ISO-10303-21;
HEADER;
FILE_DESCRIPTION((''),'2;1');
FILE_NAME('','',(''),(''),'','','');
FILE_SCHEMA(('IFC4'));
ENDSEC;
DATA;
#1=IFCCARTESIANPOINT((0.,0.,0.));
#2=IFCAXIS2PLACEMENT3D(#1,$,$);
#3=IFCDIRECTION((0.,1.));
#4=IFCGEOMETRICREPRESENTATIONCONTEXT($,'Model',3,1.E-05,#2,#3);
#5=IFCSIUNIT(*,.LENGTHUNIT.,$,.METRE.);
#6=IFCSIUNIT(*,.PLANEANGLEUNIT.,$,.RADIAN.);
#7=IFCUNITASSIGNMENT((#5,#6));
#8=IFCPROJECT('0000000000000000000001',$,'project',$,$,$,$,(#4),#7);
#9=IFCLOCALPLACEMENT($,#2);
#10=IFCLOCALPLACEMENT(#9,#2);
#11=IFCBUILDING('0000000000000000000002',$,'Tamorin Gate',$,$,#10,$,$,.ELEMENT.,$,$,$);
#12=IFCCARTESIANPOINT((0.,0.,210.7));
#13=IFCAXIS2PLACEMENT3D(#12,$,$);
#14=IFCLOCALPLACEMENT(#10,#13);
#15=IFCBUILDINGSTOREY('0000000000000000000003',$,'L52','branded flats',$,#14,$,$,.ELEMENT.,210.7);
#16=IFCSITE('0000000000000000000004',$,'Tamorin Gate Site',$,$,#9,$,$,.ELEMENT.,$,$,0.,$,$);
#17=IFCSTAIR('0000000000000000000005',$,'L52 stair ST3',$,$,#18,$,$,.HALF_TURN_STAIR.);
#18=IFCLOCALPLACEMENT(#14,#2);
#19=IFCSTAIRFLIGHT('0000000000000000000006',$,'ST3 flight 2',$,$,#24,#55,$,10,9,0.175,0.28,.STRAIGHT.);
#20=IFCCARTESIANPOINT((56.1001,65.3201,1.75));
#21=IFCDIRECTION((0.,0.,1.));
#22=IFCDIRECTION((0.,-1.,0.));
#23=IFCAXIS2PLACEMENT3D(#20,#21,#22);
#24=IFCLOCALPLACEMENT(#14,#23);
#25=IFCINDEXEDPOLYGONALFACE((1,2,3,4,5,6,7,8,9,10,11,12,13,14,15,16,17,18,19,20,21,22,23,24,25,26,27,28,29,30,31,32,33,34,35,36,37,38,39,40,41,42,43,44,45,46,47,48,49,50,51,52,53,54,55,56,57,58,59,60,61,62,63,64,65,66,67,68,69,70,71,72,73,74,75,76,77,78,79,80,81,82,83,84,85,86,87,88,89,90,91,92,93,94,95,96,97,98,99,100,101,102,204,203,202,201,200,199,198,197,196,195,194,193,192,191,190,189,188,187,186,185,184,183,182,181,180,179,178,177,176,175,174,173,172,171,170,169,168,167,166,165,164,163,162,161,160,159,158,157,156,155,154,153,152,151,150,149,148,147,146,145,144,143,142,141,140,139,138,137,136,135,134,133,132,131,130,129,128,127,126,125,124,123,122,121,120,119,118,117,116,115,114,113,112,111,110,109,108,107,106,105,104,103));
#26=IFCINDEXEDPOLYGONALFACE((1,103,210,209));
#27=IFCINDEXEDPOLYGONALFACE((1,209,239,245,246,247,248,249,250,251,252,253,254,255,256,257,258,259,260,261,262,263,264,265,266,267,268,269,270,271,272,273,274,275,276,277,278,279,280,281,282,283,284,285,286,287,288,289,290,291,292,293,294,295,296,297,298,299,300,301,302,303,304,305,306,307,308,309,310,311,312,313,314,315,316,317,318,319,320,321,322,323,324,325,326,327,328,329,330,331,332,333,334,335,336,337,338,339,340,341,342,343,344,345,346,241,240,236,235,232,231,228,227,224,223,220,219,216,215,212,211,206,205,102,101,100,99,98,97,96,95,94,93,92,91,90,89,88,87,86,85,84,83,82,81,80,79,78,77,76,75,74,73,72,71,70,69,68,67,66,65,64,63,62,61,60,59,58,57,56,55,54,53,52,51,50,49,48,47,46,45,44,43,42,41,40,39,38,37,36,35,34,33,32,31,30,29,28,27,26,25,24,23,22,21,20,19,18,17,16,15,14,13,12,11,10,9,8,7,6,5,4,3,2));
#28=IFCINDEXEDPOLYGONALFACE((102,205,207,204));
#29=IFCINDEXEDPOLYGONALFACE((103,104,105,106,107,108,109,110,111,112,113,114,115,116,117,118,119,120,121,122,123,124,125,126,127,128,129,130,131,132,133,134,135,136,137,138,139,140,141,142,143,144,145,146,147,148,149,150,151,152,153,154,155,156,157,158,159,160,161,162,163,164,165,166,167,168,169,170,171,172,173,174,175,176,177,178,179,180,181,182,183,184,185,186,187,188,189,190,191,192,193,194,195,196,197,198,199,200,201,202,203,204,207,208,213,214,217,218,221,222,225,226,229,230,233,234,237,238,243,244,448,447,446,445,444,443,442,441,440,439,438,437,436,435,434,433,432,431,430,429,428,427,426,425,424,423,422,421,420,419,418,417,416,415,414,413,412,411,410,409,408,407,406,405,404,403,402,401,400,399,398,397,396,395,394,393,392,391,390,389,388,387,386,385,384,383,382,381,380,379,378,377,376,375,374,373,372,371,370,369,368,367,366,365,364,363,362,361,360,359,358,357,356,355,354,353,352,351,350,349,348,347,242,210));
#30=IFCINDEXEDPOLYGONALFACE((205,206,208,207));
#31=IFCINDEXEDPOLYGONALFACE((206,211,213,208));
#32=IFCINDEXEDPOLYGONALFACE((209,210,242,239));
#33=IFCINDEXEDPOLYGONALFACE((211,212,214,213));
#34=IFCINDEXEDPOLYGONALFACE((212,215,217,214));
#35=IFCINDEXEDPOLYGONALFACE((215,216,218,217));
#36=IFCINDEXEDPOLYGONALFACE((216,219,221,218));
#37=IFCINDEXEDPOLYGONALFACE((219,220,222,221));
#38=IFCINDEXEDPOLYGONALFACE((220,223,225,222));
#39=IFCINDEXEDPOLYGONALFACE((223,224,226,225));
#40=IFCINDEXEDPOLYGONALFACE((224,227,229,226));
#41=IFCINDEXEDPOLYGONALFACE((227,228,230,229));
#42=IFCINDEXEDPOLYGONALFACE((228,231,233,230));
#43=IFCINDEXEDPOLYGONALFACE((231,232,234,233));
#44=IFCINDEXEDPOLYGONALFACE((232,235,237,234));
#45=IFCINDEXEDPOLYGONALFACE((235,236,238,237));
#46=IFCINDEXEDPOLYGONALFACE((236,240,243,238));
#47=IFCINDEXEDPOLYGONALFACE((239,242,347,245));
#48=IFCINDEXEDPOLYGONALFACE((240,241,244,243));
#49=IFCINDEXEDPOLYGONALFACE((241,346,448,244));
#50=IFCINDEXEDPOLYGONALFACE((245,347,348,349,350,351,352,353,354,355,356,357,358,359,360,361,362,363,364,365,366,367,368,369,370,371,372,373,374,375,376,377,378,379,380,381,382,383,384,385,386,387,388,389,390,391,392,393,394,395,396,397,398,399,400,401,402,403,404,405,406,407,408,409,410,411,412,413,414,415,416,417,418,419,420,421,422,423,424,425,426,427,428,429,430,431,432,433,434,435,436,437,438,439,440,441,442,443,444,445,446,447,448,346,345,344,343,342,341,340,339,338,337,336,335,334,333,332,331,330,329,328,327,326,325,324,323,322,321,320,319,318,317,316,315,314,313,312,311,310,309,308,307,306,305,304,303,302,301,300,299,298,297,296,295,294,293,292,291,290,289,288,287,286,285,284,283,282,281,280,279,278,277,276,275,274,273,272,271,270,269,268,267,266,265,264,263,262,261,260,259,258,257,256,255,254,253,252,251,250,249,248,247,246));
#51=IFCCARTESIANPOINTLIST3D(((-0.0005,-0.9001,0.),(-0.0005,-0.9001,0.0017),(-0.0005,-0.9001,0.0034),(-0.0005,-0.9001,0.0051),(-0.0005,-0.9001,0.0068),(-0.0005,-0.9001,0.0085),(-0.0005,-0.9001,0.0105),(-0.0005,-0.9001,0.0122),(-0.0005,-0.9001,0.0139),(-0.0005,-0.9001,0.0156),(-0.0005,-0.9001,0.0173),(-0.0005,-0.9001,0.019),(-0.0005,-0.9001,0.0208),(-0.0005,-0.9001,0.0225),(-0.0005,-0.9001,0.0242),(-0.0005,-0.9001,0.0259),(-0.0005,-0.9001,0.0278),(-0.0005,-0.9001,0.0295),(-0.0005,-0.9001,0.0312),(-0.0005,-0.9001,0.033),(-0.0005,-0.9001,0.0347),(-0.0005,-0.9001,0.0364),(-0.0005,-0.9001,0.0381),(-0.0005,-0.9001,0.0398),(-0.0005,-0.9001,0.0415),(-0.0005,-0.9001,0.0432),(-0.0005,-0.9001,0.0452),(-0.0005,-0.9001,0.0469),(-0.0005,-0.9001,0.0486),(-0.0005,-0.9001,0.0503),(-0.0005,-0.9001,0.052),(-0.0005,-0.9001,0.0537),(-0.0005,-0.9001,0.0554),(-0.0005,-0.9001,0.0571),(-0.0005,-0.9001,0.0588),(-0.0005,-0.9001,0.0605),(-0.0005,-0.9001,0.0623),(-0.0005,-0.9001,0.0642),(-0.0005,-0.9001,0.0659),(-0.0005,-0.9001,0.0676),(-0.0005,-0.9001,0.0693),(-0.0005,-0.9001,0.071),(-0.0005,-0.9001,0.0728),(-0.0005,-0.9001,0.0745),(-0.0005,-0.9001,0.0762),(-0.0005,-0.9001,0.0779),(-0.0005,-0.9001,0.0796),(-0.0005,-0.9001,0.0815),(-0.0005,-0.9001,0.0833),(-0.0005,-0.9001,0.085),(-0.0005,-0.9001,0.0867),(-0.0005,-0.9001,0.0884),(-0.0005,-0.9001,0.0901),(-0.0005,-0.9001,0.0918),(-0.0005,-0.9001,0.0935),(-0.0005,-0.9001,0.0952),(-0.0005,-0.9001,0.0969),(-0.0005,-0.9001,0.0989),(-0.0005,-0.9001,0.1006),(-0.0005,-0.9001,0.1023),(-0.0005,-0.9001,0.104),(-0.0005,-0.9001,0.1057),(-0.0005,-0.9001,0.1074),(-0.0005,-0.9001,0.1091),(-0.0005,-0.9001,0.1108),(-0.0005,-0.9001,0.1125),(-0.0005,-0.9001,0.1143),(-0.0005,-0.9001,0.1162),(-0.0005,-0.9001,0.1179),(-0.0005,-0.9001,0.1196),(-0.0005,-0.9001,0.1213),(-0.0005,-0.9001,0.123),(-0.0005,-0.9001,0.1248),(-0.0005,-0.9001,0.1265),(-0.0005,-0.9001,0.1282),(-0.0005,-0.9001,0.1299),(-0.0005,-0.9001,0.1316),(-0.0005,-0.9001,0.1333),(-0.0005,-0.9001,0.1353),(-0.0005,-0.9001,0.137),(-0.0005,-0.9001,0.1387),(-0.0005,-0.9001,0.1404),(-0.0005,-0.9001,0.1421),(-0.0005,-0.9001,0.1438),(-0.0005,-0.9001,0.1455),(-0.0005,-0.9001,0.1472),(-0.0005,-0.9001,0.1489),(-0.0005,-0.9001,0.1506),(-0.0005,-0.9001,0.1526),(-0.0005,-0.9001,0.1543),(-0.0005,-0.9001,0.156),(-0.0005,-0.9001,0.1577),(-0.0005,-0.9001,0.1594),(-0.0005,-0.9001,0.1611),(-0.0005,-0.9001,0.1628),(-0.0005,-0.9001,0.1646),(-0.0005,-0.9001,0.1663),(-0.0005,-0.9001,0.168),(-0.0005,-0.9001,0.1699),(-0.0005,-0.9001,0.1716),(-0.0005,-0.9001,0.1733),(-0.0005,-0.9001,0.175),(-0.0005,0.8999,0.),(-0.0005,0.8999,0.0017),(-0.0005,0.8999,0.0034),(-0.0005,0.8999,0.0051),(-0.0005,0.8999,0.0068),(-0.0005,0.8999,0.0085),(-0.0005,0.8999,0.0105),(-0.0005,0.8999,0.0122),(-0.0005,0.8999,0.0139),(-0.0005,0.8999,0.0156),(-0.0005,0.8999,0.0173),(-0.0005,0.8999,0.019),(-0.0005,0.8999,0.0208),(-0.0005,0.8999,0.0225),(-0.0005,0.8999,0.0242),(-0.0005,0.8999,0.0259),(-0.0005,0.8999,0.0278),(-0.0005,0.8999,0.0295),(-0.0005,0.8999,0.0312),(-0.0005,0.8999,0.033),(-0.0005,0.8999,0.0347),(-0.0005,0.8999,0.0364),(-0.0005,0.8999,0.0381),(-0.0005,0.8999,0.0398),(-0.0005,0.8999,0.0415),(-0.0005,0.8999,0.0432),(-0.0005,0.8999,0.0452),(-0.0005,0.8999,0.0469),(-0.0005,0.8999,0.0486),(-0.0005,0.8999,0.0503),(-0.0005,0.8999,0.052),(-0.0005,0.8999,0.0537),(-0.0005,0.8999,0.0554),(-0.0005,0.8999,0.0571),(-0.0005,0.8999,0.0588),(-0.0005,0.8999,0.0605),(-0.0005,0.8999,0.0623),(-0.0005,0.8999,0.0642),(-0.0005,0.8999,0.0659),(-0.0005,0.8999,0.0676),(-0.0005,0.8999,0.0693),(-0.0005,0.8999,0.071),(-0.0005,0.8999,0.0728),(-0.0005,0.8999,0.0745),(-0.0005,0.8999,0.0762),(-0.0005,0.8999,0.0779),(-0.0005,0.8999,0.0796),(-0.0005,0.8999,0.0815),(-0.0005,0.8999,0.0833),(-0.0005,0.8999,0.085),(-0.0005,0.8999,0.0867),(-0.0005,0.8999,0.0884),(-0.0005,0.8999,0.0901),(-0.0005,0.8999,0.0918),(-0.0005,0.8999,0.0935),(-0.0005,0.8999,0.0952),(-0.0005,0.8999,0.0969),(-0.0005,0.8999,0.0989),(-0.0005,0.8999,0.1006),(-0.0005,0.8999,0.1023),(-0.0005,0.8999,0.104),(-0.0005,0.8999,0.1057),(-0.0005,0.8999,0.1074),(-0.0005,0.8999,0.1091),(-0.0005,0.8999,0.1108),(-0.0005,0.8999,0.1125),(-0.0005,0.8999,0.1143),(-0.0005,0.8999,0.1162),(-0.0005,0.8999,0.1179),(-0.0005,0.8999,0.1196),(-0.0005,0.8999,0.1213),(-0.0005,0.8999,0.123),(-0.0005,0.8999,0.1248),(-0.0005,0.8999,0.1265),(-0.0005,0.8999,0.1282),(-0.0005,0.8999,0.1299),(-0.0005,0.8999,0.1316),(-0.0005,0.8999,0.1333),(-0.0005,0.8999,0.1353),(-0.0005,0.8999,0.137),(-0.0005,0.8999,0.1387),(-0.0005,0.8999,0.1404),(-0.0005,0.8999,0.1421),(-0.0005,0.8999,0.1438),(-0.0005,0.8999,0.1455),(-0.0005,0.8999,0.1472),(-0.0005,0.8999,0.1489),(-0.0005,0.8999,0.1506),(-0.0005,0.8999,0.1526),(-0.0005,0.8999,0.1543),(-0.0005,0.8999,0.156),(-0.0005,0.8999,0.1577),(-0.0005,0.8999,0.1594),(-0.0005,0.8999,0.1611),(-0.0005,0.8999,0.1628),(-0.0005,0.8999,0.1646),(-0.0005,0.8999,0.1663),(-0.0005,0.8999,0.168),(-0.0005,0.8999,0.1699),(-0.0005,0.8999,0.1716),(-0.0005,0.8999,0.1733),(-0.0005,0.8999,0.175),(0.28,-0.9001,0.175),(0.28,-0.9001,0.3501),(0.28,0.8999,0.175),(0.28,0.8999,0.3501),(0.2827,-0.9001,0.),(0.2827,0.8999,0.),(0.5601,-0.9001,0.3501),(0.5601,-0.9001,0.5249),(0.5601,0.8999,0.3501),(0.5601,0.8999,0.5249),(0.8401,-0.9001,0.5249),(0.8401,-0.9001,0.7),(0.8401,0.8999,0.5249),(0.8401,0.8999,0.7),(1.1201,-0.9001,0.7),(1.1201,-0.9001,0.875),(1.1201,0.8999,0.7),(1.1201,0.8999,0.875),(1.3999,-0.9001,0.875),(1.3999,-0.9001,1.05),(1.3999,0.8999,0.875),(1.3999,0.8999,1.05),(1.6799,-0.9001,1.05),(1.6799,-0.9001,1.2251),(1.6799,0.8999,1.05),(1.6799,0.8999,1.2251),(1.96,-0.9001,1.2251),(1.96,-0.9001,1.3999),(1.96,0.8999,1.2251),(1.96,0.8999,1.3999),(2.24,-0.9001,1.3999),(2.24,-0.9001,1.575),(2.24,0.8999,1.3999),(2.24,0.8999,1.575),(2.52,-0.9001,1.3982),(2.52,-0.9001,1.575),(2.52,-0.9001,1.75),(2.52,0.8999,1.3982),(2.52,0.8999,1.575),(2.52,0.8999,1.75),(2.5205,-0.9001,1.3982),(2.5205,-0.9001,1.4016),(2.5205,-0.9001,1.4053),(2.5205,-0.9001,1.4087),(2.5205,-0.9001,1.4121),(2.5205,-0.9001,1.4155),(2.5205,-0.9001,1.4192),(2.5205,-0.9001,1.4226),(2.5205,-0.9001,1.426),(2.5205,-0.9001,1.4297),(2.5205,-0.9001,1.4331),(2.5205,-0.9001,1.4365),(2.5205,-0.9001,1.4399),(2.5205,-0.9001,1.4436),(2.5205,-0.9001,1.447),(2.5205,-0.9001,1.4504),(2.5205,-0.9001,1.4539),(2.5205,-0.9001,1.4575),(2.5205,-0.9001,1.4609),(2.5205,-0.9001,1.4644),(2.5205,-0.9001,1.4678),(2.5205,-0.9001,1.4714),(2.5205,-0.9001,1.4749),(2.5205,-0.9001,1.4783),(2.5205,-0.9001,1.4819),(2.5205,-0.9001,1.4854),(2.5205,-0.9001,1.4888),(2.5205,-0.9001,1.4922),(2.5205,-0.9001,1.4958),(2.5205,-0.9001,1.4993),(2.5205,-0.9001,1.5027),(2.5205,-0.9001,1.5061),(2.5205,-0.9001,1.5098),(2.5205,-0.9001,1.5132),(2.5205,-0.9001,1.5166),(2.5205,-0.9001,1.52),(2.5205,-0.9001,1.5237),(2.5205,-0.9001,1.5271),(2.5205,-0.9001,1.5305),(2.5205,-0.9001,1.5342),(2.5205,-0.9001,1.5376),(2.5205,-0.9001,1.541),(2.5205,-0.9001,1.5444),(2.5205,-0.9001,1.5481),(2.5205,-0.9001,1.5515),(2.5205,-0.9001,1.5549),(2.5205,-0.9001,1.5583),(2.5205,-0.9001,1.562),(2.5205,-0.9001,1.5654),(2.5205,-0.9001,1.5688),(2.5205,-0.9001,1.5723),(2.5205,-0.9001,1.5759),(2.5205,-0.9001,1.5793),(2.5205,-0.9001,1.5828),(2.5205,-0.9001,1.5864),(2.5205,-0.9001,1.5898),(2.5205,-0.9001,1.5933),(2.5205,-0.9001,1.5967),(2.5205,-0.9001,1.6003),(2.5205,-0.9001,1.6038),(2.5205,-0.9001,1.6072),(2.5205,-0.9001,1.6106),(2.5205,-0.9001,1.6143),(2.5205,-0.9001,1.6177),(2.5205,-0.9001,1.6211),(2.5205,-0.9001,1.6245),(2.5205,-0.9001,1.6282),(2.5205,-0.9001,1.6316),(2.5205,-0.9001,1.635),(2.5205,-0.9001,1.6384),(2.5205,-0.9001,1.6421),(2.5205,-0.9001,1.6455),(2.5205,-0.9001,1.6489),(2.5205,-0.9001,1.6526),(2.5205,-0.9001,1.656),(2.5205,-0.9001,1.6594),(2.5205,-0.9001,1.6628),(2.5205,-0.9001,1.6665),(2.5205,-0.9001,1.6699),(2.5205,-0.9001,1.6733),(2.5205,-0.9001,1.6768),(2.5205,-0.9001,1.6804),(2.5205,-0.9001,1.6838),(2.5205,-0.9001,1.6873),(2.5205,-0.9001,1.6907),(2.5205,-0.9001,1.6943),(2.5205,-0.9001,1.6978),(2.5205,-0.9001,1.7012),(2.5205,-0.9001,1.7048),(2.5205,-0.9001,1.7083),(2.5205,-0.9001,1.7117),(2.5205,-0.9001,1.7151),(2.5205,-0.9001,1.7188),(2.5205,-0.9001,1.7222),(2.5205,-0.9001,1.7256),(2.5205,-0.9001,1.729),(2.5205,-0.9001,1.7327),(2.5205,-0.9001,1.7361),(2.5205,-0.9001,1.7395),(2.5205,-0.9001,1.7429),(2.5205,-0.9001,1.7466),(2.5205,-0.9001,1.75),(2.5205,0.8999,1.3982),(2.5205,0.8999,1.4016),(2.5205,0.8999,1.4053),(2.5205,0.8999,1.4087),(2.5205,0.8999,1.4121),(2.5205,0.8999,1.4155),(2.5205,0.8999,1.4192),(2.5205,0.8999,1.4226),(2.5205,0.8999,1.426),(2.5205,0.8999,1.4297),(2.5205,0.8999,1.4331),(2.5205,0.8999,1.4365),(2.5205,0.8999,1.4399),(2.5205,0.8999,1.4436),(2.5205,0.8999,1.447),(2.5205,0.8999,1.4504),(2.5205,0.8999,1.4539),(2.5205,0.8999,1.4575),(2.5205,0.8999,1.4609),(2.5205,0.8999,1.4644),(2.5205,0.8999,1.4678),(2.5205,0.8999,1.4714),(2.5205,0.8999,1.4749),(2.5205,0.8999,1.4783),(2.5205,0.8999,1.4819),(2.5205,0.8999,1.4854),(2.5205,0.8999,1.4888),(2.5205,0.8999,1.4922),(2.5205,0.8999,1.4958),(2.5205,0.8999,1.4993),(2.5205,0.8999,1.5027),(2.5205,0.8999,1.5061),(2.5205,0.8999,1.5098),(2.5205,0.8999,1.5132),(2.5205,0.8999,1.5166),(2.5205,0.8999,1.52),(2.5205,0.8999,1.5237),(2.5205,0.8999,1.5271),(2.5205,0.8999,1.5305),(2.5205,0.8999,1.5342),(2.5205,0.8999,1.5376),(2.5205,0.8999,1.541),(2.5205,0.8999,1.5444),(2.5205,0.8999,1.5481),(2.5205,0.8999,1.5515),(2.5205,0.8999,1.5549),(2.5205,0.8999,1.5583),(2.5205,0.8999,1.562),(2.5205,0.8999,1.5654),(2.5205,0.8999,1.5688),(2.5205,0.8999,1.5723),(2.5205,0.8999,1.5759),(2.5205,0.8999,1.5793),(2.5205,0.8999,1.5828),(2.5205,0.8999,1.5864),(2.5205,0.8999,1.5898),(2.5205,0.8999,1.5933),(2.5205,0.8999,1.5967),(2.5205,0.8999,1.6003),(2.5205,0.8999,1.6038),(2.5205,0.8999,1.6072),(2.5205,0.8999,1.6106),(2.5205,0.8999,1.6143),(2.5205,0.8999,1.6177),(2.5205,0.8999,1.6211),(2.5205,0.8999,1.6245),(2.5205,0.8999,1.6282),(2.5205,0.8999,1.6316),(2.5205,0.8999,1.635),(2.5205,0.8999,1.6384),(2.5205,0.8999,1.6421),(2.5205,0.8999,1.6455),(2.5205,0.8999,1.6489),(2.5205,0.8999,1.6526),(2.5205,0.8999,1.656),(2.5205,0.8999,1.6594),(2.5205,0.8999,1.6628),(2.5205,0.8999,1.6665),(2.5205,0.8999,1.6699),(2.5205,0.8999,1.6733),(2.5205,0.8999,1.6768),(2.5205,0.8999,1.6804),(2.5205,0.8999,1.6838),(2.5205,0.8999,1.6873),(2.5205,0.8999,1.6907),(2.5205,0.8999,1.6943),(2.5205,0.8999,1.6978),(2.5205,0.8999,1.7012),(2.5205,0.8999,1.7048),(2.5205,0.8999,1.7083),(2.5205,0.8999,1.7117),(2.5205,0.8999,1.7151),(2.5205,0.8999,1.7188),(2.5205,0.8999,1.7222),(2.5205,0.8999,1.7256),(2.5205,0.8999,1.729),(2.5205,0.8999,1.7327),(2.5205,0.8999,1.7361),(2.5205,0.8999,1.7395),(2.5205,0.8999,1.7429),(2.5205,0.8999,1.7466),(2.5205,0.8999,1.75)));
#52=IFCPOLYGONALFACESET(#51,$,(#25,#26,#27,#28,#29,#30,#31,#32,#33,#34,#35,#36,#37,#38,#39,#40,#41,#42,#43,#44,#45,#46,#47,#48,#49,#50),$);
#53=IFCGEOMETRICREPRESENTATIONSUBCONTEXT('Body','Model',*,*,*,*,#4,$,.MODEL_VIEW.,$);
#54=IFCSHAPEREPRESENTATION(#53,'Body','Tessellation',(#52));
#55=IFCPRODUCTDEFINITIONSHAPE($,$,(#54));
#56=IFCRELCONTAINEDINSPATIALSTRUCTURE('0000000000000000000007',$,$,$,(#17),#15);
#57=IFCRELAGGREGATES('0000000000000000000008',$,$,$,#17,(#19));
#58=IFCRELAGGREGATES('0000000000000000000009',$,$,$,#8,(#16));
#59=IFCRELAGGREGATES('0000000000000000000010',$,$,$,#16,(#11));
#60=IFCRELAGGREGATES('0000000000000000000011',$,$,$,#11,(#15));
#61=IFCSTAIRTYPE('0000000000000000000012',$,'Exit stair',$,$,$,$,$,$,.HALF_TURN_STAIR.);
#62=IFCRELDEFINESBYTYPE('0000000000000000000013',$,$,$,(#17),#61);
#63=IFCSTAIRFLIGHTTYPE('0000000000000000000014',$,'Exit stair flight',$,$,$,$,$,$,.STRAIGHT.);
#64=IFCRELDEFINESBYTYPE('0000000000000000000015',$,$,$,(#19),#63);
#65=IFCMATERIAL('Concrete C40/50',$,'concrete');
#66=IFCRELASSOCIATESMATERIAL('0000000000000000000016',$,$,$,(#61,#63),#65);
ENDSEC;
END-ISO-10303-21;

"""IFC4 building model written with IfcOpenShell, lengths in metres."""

from ifc_helpers import new_model, si_unit, direction, frame, origin, place, context, subcontext, project, spatial, polyline, outline, extrude, material, type_object, element, aggregate, save


model = new_model("IFC4")

# Units and contexts
model_context = context("Model", 3, precision=1e-05, world=origin(), true_north=direction((0.0, 1.0)))
body_context = subcontext(model_context, "Body", "Model", "MODEL_VIEW")
ifc_project = project(units=[si_unit("LENGTHUNIT", "METRE"), si_unit("PLANEANGLEUNIT", "RADIAN")], contexts=[model_context])

# Site, building, storey
site_placement = place(None, origin())
site = spatial("IfcSite", under=ifc_project, at=site_placement, Name="Tamorin Gate Site", CompositionType="ELEMENT", RefElevation=0.0)
building_placement = place(site_placement, origin())
building = spatial("IfcBuilding", under=site, at=building_placement, Name="Tamorin Gate", CompositionType="ELEMENT")
storey_placement = place(building_placement, frame((0.0, 0.0, 210.7)))
storey = spatial("IfcBuildingStorey", under=building, at=storey_placement, Name="L52", Description="branded flats", CompositionType="ELEMENT", Elevation=210.7)

# Stair, stair flight
ifc_material_1 = material(Name="Concrete C40/50", Category="concrete")
stair_type = type_object("IfcStairType", Name="Exit stair", PredefinedType="HALF_TURN_STAIR", material=ifc_material_1)
stair_placement = place(storey_placement, origin())
stair = element("IfcStair", 1, at=stair_placement, inside=storey, type_object=stair_type, Name="L52 stair ST3", PredefinedType="HALF_TURN_STAIR")
stair_flight_type = type_object("IfcStairFlightType", Name="Exit stair flight", PredefinedType="STRAIGHT", material=ifc_material_1)
stair_flight_1_placement = place(storey_placement, frame((56.1001, 65.3201, 1.75), z_axis=(0.0, 0.0, 1.0), x_axis=(0.0, -1.0, 0.0)))
stair_flight_1 = element("IfcStairFlight", 2, at=stair_flight_1_placement, type_object=stair_flight_type, Name="ST3 flight 2", NumberOfRisers=10, NumberOfTreads=9, PredefinedType="STRAIGHT", RiserHeight=0.175, TreadLength=0.28, context=body_context, shape_type="SweptSolid", body=[
    extrude(outline(polyline([(-0.0005, 0.0), (-0.0005, 0.0017), (-0.0005, 0.0034), (-0.0005, 0.0051), (-0.0005, 0.0068), (-0.0005, 0.0085), (-0.0005, 0.0105), (-0.0005, 0.0122), (-0.0005, 0.0139), (-0.0005, 0.0156), (-0.0005, 0.0173), (-0.0005, 0.019), (-0.0005, 0.0208), (-0.0005, 0.0225), (-0.0005, 0.0242), (-0.0005, 0.0259), (-0.0005, 0.0278), (-0.0005, 0.0295), (-0.0005, 0.0312), (-0.0005, 0.033), (-0.0005, 0.0347), (-0.0005, 0.0364), (-0.0005, 0.0381), (-0.0005, 0.0398), (-0.0005, 0.0415), (-0.0005, 0.0432), (-0.0005, 0.0452), (-0.0005, 0.0469), (-0.0005, 0.0486), (-0.0005, 0.0503), (-0.0005, 0.052), (-0.0005, 0.0537), (-0.0005, 0.0554), (-0.0005, 0.0571), (-0.0005, 0.0588), (-0.0005, 0.0605), (-0.0005, 0.0623), (-0.0005, 0.0642), (-0.0005, 0.0659), (-0.0005, 0.0676), (-0.0005, 0.0693), (-0.0005, 0.071), (-0.0005, 0.0728), (-0.0005, 0.0745), (-0.0005, 0.0762), (-0.0005, 0.0779), (-0.0005, 0.0796), (-0.0005, 0.0815), (-0.0005, 0.0833), (-0.0005, 0.085), (-0.0005, 0.0867), (-0.0005, 0.0884), (-0.0005, 0.0901), (-0.0005, 0.0918), (-0.0005, 0.0935), (-0.0005, 0.0952), (-0.0005, 0.0969), (-0.0005, 0.0989), (-0.0005, 0.1006), (-0.0005, 0.1023), (-0.0005, 0.104), (-0.0005, 0.1057), (-0.0005, 0.1074), (-0.0005, 0.1091), (-0.0005, 0.1108), (-0.0005, 0.1125), (-0.0005, 0.1143), (-0.0005, 0.1162), (-0.0005, 0.1179), (-0.0005, 0.1196), (-0.0005, 0.1213), (-0.0005, 0.123), (-0.0005, 0.1248), (-0.0005, 0.1265), (-0.0005, 0.1282), (-0.0005, 0.1299), (-0.0005, 0.1316), (-0.0005, 0.1333), (-0.0005, 0.1353), (-0.0005, 0.137), (-0.0005, 0.1387), (-0.0005, 0.1404), (-0.0005, 0.1421), (-0.0005, 0.1438), (-0.0005, 0.1455), (-0.0005, 0.1472), (-0.0005, 0.1489), (-0.0005, 0.1506), (-0.0005, 0.1526), (-0.0005, 0.1543), (-0.0005, 0.156), (-0.0005, 0.1577), (-0.0005, 0.1594), (-0.0005, 0.1611), (-0.0005, 0.1628), (-0.0005, 0.1646), (-0.0005, 0.1663), (-0.0005, 0.168), (-0.0005, 0.1699), (-0.0005, 0.1716), (-0.0005, 0.1733), (-0.0005, 0.175), (0.28, 0.175), (0.28, 0.3501), (0.5601, 0.3501), (0.5601, 0.5249), (0.8401, 0.5249), (0.8401, 0.7), (1.1201, 0.7), (1.1201, 0.875), (1.3999, 0.875), (1.3999, 1.05), (1.6799, 1.05), (1.6799, 1.2251), (1.96, 1.2251), (1.96, 1.3999), (2.24, 1.3999), (2.24, 1.575), (2.52, 1.575), (2.52, 1.75), (2.5205, 1.75), (2.5205, 1.7466), (2.5205, 1.7429), (2.5205, 1.7395), (2.5205, 1.7361), (2.5205, 1.7327), (2.5205, 1.729), (2.5205, 1.7256), (2.5205, 1.7222), (2.5205, 1.7188), (2.5205, 1.7151), (2.5205, 1.7117), (2.5205, 1.7083), (2.5205, 1.7048), (2.5205, 1.7012), (2.5205, 1.6978), (2.5205, 1.6943), (2.5205, 1.6907), (2.5205, 1.6873), (2.5205, 1.6838), (2.5205, 1.6804), (2.5205, 1.6768), (2.5205, 1.6733), (2.5205, 1.6699), (2.5205, 1.6665), (2.5205, 1.6628), (2.5205, 1.6594), (2.5205, 1.656), (2.5205, 1.6526), (2.5205, 1.6489), (2.5205, 1.6455), (2.5205, 1.6421), (2.5205, 1.6384), (2.5205, 1.635), (2.5205, 1.6316), (2.5205, 1.6282), (2.5205, 1.6245), (2.5205, 1.6211), (2.5205, 1.6177), (2.5205, 1.6143), (2.5205, 1.6106), (2.5205, 1.6072), (2.5205, 1.6038), (2.5205, 1.6003), (2.5205, 1.5967), (2.5205, 1.5933), (2.5205, 1.5898), (2.5205, 1.5864), (2.5205, 1.5828), (2.5205, 1.5793), (2.5205, 1.5759), (2.5205, 1.5723), (2.5205, 1.5688), (2.5205, 1.5654), (2.5205, 1.562), (2.5205, 1.5583), (2.5205, 1.5549), (2.5205, 1.5515), (2.5205, 1.5481), (2.5205, 1.5444), (2.5205, 1.541), (2.5205, 1.5376), (2.5205, 1.5342), (2.5205, 1.5305), (2.5205, 1.5271), (2.5205, 1.5237), (2.5205, 1.52), (2.5205, 1.5166), (2.5205, 1.5132), (2.5205, 1.5098), (2.5205, 1.5061), (2.5205, 1.5027), (2.5205, 1.4993), (2.5205, 1.4958), (2.5205, 1.4922), (2.5205, 1.4888), (2.5205, 1.4854), (2.5205, 1.4819), (2.5205, 1.4783), (2.5205, 1.4749), (2.5205, 1.4714), (2.5205, 1.4678), (2.5205, 1.4644), (2.5205, 1.4609), (2.5205, 1.4575), (2.5205, 1.4539), (2.5205, 1.4504), (2.5205, 1.447), (2.5205, 1.4436), (2.5205, 1.4399), (2.5205, 1.4365), (2.5205, 1.4331), (2.5205, 1.4297), (2.5205, 1.426), (2.5205, 1.4226), (2.5205, 1.4192), (2.5205, 1.4155), (2.5205, 1.4121), (2.5205, 1.4087), (2.5205, 1.4053), (2.5205, 1.4016), (2.5205, 1.3982), (2.52, 1.3982), (0.2827, 0.0), (-0.0005, 0.0)])), frame((0.0, 0.8999, 0.0), z_axis=(0.0, -1.0, 0.0), x_axis=(1.0, 0.0, 0.0)), (0.0, 0.0, 1.0), 1.8),
])
aggregate(stair, [stair_flight_1])

save(model, "model.ifc")
